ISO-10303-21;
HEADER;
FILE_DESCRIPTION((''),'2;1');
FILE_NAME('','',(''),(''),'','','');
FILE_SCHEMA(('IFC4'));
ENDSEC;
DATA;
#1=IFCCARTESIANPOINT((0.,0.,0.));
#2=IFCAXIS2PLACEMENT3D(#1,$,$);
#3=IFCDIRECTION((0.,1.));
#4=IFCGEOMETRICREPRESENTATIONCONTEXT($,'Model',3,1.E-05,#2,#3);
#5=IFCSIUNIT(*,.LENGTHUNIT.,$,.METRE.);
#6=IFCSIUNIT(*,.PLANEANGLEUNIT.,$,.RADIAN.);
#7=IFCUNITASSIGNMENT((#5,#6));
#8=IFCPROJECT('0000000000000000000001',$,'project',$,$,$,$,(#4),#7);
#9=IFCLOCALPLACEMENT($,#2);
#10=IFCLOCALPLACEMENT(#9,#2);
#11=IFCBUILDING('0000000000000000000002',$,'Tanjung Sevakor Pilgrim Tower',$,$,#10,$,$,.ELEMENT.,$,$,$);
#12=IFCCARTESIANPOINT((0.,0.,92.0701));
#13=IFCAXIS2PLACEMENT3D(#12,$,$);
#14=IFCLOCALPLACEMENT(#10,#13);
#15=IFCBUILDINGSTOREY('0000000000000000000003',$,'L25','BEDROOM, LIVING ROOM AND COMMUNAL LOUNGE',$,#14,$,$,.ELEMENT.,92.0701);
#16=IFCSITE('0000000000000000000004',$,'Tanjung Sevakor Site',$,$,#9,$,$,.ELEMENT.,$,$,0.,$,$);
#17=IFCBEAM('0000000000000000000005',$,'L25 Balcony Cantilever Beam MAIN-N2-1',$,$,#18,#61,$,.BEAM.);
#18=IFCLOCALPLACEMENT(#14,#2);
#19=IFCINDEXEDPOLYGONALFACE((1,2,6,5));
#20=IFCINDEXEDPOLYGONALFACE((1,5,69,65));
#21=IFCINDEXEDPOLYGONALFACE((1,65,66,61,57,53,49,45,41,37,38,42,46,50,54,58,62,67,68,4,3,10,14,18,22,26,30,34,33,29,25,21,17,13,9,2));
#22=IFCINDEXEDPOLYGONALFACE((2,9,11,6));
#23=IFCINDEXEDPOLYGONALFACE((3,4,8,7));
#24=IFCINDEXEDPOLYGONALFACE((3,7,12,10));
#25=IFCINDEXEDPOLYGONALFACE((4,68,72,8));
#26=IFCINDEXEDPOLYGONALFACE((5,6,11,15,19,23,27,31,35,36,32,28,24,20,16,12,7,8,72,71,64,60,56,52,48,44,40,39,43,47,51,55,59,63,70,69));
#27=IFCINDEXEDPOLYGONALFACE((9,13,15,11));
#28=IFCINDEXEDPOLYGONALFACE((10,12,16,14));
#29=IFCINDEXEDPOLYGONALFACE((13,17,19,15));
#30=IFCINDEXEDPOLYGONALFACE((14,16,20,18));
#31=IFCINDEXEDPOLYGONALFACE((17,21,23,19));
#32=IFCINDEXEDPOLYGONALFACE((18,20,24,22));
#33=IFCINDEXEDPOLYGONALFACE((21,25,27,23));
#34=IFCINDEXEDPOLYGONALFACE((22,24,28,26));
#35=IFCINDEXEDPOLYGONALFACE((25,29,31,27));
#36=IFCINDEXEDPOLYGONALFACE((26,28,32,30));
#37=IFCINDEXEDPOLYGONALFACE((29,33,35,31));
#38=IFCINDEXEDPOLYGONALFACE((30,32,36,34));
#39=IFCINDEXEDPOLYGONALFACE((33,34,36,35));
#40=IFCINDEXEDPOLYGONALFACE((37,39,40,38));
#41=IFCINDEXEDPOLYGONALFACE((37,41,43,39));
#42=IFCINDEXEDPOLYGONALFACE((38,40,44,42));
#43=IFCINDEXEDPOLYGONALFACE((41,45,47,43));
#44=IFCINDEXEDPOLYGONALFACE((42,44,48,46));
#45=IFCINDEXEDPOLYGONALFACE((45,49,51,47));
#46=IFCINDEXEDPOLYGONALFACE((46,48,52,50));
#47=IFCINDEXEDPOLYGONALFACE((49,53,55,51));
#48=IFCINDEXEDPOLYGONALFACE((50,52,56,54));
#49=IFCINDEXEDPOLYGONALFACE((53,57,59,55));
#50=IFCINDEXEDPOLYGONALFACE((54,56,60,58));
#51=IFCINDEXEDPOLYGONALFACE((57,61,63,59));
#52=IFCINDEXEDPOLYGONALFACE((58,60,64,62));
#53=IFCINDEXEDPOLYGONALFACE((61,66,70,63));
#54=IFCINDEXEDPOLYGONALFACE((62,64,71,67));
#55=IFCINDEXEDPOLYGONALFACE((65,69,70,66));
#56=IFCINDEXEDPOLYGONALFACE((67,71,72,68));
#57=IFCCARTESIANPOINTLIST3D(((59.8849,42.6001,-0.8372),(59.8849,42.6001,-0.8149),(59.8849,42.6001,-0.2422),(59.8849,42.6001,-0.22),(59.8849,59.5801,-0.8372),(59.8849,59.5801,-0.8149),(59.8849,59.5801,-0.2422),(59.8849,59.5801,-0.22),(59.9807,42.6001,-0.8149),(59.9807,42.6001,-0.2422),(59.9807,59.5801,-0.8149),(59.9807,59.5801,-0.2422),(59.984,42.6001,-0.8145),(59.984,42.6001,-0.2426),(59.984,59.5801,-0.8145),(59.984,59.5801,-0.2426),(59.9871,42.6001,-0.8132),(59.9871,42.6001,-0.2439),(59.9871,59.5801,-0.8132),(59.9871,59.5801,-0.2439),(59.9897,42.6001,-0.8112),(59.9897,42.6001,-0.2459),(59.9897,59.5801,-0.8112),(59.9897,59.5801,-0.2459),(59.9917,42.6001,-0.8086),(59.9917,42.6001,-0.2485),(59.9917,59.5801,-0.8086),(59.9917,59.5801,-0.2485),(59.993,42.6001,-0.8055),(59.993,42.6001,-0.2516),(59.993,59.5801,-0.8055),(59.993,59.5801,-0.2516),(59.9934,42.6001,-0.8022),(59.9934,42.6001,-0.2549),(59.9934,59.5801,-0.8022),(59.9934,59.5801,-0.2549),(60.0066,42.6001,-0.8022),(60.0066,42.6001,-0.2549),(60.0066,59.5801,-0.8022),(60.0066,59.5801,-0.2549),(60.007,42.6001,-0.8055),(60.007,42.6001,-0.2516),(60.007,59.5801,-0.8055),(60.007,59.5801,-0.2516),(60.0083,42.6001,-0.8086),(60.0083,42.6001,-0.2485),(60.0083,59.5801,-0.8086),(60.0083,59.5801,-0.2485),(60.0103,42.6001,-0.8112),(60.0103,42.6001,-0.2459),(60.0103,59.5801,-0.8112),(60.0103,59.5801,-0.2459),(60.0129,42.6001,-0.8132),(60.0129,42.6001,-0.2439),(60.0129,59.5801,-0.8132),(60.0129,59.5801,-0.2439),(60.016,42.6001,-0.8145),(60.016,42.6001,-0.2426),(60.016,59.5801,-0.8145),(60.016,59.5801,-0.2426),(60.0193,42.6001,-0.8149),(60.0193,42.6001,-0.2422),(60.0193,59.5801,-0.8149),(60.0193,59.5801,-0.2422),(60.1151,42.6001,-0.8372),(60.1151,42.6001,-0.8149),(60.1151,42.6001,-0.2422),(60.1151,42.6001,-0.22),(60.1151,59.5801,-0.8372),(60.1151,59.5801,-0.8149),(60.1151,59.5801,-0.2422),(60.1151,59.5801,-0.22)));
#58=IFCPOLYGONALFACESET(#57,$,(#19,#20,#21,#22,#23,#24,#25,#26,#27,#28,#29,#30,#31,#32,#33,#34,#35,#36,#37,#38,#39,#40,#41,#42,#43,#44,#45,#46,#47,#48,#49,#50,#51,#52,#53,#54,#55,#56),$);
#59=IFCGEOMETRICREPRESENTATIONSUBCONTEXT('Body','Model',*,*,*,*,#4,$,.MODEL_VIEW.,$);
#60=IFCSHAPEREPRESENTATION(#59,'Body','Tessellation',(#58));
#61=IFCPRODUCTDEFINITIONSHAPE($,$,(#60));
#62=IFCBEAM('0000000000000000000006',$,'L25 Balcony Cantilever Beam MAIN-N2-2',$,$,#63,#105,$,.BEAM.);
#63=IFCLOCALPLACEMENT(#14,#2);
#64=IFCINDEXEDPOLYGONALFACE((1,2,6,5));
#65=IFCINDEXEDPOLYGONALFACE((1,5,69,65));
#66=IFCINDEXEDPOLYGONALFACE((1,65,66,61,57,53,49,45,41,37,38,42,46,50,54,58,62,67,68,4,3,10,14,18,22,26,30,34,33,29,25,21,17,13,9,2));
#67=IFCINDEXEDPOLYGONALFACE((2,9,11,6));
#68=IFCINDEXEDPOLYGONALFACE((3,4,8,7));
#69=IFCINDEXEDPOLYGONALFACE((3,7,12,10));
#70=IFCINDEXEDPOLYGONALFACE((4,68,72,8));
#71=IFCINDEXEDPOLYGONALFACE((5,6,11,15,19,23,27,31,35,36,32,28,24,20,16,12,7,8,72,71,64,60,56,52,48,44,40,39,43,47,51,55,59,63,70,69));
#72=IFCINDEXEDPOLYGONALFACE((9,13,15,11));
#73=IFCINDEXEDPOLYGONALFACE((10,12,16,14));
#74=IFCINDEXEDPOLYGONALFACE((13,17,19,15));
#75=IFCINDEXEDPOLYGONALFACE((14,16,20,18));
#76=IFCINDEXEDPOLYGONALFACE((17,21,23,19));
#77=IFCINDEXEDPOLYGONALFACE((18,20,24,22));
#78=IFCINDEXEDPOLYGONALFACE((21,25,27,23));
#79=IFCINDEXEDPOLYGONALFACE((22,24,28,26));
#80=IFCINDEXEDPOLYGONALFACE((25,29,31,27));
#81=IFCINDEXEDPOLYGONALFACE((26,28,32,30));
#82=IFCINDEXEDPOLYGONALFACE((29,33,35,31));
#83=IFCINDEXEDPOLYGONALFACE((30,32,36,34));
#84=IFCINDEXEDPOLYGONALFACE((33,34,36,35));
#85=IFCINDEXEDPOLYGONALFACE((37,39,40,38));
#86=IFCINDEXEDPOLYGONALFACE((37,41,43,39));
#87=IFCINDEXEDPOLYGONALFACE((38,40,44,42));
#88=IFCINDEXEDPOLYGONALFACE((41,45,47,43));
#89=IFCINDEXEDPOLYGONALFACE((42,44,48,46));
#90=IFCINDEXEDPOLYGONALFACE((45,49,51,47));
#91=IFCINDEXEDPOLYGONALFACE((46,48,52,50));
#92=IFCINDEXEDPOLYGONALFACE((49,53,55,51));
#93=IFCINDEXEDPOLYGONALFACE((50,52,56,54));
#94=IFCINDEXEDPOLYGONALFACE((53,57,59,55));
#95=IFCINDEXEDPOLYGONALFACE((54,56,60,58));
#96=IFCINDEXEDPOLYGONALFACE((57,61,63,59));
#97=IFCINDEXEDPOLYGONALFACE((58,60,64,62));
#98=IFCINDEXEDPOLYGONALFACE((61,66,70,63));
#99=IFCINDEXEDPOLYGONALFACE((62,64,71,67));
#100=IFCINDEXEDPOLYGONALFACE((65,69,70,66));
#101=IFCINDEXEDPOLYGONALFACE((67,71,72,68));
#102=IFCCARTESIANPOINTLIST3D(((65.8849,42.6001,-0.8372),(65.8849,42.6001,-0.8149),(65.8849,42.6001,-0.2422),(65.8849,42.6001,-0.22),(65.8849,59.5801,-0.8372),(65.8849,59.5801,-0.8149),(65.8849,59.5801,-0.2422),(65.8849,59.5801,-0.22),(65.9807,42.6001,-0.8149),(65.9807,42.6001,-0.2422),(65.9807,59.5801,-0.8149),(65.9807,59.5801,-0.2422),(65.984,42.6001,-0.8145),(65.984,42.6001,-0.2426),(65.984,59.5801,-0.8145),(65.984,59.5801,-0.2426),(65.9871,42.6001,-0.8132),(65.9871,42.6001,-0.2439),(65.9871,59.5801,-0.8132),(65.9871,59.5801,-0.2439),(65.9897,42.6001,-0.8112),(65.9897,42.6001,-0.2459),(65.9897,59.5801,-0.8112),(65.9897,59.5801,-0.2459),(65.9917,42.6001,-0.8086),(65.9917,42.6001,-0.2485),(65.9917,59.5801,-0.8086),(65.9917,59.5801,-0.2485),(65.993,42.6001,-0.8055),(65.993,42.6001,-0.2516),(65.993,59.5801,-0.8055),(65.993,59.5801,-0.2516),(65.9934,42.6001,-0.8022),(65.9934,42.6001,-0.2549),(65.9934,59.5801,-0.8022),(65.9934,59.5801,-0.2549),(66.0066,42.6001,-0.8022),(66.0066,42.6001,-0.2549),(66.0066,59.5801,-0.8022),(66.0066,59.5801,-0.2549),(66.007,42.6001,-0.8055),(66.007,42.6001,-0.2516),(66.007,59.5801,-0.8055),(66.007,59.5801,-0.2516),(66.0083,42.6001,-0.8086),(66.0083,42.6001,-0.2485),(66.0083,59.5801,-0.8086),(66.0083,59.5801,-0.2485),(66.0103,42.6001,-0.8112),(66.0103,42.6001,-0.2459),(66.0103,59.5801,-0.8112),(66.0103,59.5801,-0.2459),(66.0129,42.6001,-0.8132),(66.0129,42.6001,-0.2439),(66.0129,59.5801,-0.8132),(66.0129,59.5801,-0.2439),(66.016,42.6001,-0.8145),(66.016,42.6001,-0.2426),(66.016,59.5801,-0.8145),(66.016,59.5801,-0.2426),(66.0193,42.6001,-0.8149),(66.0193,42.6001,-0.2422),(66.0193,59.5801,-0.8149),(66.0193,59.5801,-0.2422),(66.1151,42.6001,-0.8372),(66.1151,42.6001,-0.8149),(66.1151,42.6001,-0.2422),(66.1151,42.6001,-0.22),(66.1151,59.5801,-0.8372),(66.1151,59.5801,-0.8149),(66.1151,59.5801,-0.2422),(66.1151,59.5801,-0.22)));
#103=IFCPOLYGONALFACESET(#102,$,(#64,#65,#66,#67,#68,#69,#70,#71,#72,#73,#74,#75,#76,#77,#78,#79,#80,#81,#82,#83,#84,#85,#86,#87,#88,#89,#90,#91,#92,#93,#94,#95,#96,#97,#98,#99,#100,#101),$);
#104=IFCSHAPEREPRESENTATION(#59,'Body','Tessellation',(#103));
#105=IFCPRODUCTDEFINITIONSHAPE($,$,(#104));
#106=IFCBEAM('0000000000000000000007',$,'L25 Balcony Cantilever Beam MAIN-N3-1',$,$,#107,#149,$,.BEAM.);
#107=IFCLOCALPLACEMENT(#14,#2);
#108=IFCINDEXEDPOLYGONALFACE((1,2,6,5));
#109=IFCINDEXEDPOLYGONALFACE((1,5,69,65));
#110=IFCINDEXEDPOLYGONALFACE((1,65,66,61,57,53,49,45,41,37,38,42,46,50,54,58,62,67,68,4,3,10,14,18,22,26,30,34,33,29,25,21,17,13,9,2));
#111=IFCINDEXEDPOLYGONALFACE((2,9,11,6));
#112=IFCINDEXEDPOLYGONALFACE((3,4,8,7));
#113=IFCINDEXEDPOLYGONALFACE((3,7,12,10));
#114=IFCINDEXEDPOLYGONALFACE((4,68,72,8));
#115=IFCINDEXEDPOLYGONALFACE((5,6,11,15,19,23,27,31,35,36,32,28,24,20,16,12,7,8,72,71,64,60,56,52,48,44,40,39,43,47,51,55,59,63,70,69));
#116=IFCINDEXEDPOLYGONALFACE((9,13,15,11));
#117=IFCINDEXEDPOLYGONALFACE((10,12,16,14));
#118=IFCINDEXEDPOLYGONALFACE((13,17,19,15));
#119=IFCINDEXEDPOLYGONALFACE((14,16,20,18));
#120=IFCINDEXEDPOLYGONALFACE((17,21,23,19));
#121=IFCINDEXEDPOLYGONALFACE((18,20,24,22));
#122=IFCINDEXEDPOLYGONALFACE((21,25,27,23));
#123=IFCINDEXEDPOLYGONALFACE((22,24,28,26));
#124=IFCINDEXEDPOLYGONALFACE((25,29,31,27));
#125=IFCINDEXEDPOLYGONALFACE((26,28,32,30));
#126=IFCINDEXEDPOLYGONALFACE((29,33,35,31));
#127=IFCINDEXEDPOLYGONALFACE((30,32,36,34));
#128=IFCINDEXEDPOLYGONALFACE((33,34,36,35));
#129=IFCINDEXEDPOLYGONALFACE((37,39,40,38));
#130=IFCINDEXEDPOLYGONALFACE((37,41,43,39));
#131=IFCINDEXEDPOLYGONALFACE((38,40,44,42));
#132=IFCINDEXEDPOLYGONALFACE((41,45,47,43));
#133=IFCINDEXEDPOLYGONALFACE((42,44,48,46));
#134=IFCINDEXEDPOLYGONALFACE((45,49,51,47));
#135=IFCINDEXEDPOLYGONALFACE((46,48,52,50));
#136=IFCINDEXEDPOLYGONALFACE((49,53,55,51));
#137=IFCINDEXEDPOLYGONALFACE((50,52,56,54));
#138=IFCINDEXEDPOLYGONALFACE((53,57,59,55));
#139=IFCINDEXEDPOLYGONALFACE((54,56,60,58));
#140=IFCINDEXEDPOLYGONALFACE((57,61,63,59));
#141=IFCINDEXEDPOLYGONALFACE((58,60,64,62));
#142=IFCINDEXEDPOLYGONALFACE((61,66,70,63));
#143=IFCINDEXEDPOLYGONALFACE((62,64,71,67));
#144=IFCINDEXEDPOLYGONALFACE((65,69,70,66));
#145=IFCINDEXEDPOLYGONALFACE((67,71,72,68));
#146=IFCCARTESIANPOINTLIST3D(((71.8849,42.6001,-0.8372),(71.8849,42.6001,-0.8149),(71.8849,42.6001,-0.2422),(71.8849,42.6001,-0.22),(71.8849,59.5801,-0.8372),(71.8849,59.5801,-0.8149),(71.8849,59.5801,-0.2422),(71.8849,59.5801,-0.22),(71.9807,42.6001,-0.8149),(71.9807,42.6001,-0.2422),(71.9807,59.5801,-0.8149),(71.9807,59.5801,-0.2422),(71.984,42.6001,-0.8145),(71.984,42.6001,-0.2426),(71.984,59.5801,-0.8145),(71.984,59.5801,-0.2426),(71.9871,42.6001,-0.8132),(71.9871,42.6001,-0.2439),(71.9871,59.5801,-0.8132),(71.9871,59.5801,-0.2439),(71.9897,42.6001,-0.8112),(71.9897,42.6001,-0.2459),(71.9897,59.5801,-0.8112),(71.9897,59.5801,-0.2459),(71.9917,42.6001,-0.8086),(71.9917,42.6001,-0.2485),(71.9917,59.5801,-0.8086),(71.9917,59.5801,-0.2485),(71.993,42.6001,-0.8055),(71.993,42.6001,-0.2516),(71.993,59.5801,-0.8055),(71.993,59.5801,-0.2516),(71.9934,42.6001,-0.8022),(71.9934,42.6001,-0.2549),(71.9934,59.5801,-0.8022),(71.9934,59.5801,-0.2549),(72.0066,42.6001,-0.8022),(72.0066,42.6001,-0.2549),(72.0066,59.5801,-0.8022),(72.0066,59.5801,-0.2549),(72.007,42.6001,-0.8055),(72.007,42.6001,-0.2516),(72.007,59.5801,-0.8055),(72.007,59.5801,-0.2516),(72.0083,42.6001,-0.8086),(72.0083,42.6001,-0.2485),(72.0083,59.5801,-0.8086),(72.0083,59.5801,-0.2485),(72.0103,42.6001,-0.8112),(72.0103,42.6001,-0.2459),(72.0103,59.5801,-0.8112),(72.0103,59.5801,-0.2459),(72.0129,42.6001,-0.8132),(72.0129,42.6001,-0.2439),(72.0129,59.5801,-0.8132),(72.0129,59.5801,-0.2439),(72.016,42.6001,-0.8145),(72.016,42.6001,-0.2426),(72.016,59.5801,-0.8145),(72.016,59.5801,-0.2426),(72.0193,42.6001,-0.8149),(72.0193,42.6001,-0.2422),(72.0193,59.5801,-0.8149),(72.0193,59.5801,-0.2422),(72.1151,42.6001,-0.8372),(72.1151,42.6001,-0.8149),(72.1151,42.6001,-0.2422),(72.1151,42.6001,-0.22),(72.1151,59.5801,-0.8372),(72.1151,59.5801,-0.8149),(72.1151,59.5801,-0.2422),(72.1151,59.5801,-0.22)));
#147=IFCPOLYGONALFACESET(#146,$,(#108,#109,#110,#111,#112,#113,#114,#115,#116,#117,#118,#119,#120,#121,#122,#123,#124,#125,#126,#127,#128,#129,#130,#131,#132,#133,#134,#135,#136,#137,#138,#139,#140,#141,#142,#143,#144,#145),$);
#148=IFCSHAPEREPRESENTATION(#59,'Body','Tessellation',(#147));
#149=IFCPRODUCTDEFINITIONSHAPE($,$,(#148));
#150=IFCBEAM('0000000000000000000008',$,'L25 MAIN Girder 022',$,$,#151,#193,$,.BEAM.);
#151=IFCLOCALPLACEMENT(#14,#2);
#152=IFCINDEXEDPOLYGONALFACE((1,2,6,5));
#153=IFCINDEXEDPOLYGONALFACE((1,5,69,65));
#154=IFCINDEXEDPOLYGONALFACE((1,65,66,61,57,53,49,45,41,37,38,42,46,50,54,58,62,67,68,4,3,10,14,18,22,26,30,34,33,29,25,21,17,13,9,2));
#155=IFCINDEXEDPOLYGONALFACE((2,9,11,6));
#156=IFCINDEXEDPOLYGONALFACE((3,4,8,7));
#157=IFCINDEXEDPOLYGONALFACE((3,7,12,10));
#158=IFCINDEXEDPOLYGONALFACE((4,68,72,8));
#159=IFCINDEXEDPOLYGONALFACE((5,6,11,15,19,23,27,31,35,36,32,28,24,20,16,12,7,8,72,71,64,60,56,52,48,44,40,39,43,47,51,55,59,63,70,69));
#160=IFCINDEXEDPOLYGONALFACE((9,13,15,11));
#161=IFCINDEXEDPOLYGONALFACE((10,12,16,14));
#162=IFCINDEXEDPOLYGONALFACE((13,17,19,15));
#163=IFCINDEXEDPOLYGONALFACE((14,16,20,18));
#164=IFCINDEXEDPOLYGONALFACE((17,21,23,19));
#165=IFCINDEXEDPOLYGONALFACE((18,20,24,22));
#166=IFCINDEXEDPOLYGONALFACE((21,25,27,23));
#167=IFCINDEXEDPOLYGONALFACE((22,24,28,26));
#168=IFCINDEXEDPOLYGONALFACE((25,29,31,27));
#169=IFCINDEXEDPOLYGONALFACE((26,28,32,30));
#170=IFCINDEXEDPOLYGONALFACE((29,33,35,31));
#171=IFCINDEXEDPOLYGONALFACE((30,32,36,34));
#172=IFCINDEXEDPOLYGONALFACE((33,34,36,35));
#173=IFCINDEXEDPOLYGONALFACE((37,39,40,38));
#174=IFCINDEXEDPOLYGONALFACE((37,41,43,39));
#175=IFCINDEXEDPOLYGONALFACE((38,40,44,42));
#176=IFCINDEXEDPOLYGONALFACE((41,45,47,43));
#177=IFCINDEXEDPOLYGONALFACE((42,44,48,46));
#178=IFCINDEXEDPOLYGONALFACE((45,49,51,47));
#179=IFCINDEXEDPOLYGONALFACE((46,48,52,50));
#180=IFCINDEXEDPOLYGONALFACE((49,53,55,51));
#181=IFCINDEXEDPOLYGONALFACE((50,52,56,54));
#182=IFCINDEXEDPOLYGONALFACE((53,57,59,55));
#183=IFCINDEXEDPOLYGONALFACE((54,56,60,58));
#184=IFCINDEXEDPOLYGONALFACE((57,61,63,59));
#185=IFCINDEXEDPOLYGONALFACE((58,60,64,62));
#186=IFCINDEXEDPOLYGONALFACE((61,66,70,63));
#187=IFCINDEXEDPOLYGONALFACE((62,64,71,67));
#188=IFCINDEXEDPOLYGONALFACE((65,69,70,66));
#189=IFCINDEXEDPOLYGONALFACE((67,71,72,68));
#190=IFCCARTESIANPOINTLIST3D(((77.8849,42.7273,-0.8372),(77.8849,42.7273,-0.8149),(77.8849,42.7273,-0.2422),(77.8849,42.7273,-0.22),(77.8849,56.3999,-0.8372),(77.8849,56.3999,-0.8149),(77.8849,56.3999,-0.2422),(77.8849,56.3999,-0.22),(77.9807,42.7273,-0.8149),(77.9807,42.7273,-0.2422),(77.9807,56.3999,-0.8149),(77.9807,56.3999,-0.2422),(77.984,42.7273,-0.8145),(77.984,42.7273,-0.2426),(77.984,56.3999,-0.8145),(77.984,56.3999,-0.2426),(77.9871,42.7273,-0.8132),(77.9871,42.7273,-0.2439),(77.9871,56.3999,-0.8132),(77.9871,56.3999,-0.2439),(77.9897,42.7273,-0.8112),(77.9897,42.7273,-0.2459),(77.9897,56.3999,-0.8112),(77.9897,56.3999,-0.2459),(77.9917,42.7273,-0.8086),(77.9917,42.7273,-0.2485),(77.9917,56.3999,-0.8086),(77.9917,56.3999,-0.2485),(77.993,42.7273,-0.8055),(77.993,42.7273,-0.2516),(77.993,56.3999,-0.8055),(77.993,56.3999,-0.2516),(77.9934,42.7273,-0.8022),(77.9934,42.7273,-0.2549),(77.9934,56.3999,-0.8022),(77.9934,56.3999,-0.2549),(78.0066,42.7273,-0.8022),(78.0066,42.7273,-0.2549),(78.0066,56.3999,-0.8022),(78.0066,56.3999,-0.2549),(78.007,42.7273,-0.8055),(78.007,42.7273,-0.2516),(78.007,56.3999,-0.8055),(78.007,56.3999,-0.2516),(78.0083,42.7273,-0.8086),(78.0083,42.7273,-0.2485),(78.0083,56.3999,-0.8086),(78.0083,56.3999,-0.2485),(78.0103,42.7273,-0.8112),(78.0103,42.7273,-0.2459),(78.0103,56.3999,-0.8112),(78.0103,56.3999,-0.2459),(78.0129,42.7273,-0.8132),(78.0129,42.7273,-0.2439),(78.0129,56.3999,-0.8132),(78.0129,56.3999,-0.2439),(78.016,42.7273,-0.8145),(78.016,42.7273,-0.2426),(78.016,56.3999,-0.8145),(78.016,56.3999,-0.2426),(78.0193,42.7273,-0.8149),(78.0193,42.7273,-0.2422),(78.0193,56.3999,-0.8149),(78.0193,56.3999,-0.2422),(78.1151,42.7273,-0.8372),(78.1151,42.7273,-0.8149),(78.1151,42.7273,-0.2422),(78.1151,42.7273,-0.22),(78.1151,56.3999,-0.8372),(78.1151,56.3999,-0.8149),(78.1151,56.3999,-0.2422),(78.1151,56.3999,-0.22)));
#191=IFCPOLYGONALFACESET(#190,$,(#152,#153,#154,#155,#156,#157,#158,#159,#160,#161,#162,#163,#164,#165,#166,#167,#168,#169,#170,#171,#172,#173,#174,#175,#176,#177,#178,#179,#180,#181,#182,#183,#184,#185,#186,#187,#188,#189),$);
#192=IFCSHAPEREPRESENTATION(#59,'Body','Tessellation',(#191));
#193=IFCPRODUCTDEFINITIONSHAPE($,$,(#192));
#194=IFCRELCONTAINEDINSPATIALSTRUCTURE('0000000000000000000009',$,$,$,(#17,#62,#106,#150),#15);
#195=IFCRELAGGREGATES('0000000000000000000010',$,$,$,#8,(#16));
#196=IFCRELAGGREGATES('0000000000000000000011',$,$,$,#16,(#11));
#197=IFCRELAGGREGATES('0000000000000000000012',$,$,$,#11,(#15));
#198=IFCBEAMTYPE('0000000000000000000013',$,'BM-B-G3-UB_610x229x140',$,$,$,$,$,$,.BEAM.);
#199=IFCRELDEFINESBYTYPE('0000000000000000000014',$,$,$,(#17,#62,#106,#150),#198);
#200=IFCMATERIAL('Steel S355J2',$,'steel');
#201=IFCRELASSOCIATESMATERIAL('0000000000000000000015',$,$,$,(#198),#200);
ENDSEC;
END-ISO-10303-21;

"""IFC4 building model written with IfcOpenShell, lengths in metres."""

from ifc_helpers import new_model, si_unit, direction, frame, origin, origin_2d, place, context, subcontext, project, spatial, i_section, extrude, material, material_profile, profile_set, type_object, element, save


model = new_model("IFC4")

# Units and contexts
model_context = context("Model", 3, precision=1e-05, world=origin(), true_north=direction((0.0, 1.0)))
body_context = subcontext(model_context, "Body", "Model", "MODEL_VIEW")
ifc_project = project(units=[si_unit("LENGTHUNIT", "METRE"), si_unit("PLANEANGLEUNIT", "RADIAN")], contexts=[model_context])

# Site, building, storey
site_placement = place(None, origin())
site = spatial("IfcSite", under=ifc_project, at=site_placement, Name="Tanjung Sevakor Site", CompositionType="ELEMENT", RefElevation=0.0)
building_placement = place(site_placement, origin())
building = spatial("IfcBuilding", under=site, at=building_placement, Name="Tanjung Sevakor Pilgrim Tower", CompositionType="ELEMENT")
storey_placement = place(building_placement, frame((0.0, 0.0, 92.0701)))
storey = spatial("IfcBuildingStorey", under=building, at=storey_placement, Name="L25", Description="BEDROOM, LIVING ROOM AND COMMUNAL LOUNGE", CompositionType="ELEMENT", Elevation=92.0701)

# Beams
ifc_material_1 = material(Name="Steel S355J2", Category="steel")
ifc_material_profile_1 = material_profile(ifc_material_1, i_section(OverallWidth=0.2302, OverallDepth=0.6172, WebThickness=0.0132, FlangeThickness=0.0222, FilletRadius=0.0127, at=origin_2d()))
ifc_profile_set_1 = profile_set([ifc_material_profile_1], Name="Steel S355J2")
beam_type_1 = type_object("IfcBeamType", Name="BM-B-G3-UB_610x229x140", PredefinedType="BEAM", material=ifc_profile_set_1)
for number, where, z_axis, x_axis, name in (
    (1, (60.0, 42.6001, -0.5286), (0.0, 1.0, 0.0), (-1.0, 0.0, 0.0), "L25 Balcony Cantilever Beam MAIN-N2-1"),
    (2, (66.0, 42.6001, -0.5286), (0.0, 1.0, 0.0), (-1.0, 0.0, 0.0), "L25 Balcony Cantilever Beam MAIN-N2-2"),
    (3, (72.0, 42.6001, -0.5286), (0.0, 1.0, 0.0), (-1.0, 0.0, 0.0), "L25 Balcony Cantilever Beam MAIN-N3-1"),
):
    element("IfcBeam", number, at=place(storey_placement, frame(where, z_axis=z_axis, x_axis=x_axis)), inside=storey, type_object=beam_type_1, Name=name, PredefinedType="BEAM", context=body_context, shape_type="SweptSolid", body=[
        extrude(i_section(OverallWidth=0.2302, OverallDepth=0.6172, WebThickness=0.0132, FlangeThickness=0.0222, FilletRadius=0.0127, at=origin_2d()), origin(), (0.0, 0.0, 1.0), 16.98),
    ])
beam_1_placement = place(storey_placement, frame((78.0, 42.7273, -0.5286), z_axis=(0.0, 1.0, 0.0), x_axis=(-1.0, 0.0, 0.0)))
element("IfcBeam", 4, at=beam_1_placement, inside=storey, type_object=beam_type_1, Name="L25 MAIN Girder 022", PredefinedType="BEAM", context=body_context, shape_type="SweptSolid", body=[
    extrude(i_section(OverallWidth=0.2302, OverallDepth=0.6172, WebThickness=0.0132, FlangeThickness=0.0222, FilletRadius=0.0127, at=origin_2d()), origin(), (0.0, 0.0, 1.0), 13.6726),
])

save(model, "model.ifc")
